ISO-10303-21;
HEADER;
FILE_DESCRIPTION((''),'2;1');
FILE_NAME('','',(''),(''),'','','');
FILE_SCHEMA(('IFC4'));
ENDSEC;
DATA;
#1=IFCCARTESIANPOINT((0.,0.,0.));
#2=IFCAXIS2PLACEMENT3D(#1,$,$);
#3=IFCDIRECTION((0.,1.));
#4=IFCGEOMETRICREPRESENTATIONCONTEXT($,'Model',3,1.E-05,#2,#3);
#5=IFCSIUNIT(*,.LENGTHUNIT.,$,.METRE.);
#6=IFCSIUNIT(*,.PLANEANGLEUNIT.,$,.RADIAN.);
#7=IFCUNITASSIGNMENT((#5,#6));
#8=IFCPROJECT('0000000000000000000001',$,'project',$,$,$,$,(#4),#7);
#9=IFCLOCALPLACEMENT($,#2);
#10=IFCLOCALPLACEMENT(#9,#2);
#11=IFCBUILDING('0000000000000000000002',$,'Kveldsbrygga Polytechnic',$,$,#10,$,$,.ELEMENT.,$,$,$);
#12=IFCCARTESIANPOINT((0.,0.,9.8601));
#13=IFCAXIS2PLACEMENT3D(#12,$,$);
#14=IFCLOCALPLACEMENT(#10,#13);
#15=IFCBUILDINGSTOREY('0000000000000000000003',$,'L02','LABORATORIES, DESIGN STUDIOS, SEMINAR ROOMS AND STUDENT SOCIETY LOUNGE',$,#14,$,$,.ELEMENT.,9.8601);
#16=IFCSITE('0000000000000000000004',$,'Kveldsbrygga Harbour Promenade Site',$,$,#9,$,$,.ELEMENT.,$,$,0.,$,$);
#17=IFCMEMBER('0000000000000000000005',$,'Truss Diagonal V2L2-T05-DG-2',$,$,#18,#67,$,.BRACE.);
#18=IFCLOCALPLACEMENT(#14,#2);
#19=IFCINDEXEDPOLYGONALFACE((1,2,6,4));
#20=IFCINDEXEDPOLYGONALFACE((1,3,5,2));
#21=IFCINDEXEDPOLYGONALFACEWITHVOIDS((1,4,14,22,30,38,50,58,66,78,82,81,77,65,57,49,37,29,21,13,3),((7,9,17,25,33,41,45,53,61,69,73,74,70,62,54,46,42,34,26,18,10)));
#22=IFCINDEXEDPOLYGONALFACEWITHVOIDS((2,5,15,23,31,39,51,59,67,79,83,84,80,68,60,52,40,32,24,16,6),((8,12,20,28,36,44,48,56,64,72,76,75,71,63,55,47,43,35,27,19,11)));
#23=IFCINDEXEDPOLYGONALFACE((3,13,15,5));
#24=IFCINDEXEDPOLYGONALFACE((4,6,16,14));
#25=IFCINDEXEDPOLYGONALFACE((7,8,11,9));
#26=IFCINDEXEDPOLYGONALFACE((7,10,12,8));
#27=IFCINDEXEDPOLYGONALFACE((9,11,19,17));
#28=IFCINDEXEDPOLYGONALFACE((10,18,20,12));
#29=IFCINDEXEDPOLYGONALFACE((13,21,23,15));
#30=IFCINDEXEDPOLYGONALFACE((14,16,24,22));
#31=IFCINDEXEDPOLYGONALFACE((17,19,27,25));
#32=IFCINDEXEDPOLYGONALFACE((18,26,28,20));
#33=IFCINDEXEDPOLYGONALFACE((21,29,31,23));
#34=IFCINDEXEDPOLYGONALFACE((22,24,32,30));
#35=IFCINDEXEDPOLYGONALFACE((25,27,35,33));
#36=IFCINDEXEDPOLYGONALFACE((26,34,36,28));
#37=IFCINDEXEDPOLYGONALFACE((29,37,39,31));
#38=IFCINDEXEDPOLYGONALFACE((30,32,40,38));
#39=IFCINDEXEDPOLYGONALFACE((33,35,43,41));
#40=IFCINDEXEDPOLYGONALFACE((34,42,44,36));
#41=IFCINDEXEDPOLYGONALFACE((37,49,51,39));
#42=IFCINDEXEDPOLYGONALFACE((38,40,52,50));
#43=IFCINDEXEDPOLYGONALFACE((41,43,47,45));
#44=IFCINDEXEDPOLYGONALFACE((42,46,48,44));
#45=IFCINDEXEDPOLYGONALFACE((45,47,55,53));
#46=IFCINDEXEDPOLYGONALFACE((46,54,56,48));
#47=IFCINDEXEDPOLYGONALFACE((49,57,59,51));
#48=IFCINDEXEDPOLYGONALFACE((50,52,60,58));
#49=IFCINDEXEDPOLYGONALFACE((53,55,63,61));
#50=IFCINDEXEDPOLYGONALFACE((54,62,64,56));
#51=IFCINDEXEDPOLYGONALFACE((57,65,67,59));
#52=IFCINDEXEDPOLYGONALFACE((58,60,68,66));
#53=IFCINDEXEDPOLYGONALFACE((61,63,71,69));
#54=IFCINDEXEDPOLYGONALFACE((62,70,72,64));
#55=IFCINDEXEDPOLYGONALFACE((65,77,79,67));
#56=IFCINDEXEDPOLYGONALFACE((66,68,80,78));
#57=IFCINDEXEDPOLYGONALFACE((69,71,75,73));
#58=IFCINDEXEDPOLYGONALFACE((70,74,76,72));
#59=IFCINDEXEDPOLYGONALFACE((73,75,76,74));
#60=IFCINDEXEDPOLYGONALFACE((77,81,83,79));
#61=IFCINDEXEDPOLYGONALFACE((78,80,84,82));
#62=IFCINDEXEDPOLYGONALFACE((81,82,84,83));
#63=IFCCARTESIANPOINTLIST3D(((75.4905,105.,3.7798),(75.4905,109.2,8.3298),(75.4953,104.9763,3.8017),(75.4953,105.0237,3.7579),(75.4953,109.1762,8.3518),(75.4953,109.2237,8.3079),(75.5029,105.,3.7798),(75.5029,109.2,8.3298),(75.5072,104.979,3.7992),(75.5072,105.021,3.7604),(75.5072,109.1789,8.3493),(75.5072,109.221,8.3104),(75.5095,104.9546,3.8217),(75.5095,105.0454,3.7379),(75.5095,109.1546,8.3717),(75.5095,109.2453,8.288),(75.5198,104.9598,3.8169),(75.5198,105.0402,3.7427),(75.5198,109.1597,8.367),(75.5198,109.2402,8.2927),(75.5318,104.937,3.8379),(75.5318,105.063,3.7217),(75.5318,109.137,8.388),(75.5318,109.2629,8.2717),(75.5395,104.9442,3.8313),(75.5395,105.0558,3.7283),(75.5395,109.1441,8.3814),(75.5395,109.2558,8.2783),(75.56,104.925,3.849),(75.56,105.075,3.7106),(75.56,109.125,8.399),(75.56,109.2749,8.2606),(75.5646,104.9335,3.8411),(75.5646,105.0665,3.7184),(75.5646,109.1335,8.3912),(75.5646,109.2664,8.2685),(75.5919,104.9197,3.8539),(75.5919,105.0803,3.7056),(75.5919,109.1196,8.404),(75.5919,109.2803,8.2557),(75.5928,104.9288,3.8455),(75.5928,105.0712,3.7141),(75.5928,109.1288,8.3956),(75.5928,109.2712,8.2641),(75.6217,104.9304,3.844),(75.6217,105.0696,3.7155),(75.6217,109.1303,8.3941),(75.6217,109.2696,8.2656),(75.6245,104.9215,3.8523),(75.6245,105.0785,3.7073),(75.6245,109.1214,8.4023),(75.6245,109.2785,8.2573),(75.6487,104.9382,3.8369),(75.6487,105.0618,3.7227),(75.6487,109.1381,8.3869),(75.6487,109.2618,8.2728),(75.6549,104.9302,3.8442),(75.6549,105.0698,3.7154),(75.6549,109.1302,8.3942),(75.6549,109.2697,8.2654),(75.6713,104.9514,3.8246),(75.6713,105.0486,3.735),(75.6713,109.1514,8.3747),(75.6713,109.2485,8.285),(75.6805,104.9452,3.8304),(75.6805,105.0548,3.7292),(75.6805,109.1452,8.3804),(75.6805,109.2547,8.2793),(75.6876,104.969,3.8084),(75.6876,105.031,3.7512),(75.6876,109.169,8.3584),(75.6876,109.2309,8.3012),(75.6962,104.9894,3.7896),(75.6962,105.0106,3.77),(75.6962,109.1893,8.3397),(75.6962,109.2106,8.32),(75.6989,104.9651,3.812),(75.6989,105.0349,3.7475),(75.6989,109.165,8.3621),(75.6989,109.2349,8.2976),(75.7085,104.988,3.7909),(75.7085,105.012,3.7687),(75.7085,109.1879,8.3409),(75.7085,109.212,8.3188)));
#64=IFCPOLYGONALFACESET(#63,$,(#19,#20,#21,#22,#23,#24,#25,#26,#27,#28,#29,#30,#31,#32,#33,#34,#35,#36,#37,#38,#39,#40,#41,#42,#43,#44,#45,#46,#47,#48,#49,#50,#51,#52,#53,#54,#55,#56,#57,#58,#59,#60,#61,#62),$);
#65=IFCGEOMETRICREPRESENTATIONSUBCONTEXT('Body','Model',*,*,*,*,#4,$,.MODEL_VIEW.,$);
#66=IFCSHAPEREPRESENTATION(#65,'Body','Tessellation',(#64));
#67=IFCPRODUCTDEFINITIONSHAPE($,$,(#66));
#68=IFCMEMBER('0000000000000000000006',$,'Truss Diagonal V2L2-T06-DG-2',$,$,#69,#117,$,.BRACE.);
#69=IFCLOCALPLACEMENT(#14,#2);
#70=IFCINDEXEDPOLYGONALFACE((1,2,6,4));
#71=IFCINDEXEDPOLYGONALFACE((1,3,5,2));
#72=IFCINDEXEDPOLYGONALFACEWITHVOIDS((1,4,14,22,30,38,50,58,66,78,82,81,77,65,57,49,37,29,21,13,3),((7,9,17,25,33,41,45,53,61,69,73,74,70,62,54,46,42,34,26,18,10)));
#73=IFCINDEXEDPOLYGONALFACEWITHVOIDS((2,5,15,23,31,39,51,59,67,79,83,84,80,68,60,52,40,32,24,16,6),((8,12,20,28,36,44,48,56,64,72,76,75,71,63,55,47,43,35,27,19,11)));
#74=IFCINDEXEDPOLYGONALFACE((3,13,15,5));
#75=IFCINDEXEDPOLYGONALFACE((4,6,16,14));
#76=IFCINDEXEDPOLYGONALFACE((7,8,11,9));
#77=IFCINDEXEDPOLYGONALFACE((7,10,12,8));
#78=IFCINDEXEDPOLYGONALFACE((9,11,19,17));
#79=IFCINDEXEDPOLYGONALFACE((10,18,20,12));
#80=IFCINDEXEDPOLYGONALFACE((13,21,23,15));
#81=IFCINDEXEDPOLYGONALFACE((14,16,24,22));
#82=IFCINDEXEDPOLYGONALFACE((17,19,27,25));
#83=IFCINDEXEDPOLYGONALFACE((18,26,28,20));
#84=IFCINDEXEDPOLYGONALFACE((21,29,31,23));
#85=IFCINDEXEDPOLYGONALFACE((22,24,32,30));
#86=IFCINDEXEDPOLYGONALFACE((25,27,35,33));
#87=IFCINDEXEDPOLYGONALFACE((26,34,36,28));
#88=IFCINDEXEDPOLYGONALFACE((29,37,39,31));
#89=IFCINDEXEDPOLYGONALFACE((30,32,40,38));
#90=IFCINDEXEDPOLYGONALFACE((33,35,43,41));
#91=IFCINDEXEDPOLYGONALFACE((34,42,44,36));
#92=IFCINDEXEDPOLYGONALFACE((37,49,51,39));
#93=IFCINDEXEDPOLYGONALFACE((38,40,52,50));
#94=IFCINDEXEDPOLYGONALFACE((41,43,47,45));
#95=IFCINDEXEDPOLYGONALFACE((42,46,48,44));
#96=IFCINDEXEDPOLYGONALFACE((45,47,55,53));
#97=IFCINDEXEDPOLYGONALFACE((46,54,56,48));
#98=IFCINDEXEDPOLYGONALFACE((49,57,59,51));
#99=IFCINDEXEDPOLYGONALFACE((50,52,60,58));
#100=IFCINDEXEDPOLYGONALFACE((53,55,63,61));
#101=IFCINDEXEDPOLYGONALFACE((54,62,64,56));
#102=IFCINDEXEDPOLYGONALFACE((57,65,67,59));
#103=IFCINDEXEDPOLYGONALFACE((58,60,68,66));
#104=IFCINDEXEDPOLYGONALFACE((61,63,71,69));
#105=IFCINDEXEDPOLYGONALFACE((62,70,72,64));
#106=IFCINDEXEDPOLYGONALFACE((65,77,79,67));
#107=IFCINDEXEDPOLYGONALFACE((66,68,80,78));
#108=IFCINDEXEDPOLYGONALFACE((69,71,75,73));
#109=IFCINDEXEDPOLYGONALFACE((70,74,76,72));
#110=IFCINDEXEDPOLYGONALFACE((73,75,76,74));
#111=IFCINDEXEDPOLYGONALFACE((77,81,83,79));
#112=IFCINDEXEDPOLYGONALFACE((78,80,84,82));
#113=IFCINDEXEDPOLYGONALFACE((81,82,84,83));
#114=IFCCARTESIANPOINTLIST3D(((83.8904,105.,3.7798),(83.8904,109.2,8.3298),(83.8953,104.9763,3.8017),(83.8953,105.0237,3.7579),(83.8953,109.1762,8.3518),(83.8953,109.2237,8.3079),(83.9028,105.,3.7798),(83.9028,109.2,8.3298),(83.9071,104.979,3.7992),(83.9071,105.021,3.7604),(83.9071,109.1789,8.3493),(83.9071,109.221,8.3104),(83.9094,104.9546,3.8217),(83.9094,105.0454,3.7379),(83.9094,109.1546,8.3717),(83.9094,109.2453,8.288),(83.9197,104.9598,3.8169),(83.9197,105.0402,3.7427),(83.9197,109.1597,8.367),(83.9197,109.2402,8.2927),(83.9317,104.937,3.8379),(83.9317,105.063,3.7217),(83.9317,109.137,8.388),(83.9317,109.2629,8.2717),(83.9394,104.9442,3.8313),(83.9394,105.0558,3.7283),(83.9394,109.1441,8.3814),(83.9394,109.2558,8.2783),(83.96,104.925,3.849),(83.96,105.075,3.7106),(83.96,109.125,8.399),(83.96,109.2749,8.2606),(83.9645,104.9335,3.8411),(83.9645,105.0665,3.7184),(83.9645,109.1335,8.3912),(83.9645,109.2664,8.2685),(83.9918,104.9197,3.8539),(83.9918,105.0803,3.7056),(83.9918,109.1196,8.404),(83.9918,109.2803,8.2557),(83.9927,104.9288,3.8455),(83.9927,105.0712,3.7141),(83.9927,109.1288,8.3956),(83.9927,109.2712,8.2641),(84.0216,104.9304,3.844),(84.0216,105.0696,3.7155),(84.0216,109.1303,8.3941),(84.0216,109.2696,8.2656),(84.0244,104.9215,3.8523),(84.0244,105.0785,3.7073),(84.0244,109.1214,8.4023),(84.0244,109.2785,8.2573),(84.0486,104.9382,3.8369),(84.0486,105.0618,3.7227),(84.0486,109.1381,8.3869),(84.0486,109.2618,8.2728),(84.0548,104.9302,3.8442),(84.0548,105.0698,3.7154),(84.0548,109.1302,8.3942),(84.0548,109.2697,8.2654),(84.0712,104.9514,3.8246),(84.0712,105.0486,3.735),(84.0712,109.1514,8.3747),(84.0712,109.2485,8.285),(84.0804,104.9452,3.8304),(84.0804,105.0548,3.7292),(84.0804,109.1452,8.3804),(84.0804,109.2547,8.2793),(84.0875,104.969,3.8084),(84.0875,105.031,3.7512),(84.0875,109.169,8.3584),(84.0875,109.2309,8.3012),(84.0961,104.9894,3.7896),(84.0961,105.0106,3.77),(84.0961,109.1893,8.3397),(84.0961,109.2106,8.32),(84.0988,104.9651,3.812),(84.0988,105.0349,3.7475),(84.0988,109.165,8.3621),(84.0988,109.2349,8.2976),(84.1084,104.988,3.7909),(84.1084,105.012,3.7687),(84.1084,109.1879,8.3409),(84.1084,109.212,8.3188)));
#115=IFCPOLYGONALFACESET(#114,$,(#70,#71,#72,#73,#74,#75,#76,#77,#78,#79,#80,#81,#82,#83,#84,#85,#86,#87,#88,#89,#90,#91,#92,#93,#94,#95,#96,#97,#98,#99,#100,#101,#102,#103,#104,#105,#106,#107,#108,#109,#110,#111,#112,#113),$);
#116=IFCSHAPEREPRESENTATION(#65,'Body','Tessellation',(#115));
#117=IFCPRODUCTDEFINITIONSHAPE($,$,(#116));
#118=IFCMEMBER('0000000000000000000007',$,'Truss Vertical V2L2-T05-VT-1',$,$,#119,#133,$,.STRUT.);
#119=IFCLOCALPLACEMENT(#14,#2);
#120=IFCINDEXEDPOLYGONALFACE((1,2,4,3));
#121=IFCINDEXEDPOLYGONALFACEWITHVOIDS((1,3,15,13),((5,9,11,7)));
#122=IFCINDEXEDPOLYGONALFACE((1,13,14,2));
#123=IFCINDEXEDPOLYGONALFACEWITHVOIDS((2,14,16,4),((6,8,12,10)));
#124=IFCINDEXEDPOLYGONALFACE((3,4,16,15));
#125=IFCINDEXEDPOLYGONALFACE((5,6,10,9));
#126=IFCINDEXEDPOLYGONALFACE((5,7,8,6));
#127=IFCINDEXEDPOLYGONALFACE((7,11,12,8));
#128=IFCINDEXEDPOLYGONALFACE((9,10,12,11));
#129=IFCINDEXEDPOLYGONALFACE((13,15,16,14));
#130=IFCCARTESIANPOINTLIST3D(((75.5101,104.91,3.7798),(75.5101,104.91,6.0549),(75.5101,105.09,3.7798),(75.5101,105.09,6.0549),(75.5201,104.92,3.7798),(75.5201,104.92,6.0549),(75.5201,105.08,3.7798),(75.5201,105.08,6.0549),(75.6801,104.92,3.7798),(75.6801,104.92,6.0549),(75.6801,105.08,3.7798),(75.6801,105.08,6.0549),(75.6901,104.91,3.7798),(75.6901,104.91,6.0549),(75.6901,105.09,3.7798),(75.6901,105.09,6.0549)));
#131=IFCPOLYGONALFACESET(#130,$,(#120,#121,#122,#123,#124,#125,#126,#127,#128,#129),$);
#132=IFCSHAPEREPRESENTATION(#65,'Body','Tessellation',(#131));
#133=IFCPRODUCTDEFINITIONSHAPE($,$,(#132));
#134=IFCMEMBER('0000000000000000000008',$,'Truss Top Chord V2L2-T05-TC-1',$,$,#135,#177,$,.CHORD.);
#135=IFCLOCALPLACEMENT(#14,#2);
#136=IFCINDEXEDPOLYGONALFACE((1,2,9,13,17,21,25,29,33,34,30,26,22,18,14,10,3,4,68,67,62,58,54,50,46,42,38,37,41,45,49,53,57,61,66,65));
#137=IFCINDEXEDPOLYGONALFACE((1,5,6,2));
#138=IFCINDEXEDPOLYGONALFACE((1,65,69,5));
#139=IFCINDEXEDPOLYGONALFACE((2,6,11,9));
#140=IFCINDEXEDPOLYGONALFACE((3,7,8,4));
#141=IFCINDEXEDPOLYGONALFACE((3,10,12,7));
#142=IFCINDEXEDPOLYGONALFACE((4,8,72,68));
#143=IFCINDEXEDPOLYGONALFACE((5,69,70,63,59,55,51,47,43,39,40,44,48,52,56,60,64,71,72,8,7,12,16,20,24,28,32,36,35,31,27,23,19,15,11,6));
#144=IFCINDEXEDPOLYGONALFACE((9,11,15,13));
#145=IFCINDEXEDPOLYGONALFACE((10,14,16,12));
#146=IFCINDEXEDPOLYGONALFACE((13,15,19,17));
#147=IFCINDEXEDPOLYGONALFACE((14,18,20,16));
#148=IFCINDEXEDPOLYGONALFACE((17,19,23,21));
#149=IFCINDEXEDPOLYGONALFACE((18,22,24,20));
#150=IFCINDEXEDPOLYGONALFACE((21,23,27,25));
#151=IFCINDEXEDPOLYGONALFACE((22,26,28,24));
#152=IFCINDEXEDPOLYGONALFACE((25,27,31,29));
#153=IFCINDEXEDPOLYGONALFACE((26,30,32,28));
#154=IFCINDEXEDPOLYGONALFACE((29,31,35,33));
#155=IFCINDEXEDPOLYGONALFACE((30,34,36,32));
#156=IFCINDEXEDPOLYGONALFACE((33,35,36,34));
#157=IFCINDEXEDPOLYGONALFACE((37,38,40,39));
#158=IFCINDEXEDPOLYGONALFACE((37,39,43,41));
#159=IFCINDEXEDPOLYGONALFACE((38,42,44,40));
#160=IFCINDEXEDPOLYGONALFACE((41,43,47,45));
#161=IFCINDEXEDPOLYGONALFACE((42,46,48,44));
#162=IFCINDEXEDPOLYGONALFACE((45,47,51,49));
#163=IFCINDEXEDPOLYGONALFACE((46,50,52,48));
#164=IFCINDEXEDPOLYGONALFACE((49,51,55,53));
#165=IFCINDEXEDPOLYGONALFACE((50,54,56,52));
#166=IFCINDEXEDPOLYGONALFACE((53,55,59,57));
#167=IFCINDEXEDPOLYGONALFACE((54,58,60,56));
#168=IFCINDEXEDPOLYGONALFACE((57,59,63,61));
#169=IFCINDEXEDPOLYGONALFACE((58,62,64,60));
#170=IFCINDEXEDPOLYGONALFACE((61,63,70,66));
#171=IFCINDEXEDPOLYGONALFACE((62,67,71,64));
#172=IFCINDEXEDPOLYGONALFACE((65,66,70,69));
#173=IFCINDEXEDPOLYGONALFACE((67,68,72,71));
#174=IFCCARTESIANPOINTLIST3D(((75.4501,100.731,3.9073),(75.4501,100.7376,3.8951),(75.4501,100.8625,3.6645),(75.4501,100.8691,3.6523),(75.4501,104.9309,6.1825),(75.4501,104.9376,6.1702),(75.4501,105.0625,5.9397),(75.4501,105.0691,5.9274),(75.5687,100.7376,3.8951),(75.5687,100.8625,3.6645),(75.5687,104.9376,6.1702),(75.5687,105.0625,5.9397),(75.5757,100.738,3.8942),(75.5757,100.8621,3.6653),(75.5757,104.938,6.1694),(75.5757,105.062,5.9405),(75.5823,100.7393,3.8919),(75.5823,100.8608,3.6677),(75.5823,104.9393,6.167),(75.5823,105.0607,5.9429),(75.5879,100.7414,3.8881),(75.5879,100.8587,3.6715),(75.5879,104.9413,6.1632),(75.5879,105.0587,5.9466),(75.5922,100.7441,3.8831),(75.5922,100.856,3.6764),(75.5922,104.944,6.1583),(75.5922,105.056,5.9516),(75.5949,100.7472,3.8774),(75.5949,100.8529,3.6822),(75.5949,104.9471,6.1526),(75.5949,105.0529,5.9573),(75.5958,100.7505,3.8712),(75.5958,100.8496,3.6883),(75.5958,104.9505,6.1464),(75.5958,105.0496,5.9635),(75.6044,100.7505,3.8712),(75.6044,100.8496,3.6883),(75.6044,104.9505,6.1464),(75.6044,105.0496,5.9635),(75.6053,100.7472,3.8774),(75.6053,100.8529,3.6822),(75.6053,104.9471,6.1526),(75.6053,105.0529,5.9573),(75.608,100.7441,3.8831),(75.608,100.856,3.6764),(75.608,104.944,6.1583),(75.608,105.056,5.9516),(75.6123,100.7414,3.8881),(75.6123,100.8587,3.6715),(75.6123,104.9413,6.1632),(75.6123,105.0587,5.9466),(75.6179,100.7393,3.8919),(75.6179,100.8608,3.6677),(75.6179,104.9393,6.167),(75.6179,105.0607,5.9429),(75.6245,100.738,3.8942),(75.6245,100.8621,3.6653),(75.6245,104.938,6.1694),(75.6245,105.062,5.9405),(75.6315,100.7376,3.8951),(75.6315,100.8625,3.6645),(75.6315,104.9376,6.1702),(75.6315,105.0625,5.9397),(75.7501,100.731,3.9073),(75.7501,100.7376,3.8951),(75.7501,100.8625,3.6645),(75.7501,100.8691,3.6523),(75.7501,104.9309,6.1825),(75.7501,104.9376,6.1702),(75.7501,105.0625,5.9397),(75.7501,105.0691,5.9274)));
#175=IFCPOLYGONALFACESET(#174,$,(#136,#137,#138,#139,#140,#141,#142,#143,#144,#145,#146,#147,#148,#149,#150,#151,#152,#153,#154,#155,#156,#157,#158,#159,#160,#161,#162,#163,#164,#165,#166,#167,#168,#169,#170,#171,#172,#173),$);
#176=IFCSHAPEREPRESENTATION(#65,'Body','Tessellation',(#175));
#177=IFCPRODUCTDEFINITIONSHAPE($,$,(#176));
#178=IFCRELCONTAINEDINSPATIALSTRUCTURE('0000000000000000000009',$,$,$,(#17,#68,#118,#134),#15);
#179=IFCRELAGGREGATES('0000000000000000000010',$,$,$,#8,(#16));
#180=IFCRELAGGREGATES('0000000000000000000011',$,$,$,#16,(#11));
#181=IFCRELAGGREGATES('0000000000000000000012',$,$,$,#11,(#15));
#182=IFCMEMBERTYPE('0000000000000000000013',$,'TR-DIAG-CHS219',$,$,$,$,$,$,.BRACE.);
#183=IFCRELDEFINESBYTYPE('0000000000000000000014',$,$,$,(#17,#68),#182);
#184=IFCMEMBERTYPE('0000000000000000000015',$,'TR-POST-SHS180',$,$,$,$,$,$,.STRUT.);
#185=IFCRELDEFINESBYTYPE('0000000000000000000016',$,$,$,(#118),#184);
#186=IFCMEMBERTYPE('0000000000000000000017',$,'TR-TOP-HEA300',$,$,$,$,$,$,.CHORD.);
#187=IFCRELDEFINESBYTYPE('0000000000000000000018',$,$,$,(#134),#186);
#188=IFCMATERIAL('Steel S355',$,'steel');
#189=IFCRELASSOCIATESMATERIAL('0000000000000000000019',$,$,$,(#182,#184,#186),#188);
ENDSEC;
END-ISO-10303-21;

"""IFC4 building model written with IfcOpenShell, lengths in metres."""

from ifc_helpers import new_model, si_unit, direction, frame, origin, origin_2d, place, context, subcontext, project, spatial, hollow_rectangle, hollow_circle, i_section, extrude, material, material_profile, profile_set, type_object, element, save


model = new_model("IFC4")

# Units and contexts
model_context = context("Model", 3, precision=1e-05, world=origin(), true_north=direction((0.0, 1.0)))
body_context = subcontext(model_context, "Body", "Model", "MODEL_VIEW")
ifc_project = project(units=[si_unit("LENGTHUNIT", "METRE"), si_unit("PLANEANGLEUNIT", "RADIAN")], contexts=[model_context])

# Site, building, storey
site_placement = place(None, origin())
site = spatial("IfcSite", under=ifc_project, at=site_placement, Name="Kveldsbrygga Harbour Promenade Site", CompositionType="ELEMENT", RefElevation=0.0)
building_placement = place(site_placement, origin())
building = spatial("IfcBuilding", under=site, at=building_placement, Name="Kveldsbrygga Polytechnic", CompositionType="ELEMENT")
storey_placement = place(building_placement, frame((0.0, 0.0, 9.8601)))
storey = spatial("IfcBuildingStorey", under=building, at=storey_placement, Name="L02", Description="LABORATORIES, DESIGN STUDIOS, SEMINAR ROOMS AND STUDENT SOCIETY LOUNGE", CompositionType="ELEMENT", Elevation=9.8601)

# Members
ifc_material_1 = material(Name="Steel S355", Category="steel")
ifc_material_profile_1 = material_profile(ifc_material_1, hollow_circle(Radius=0.1096, WallThickness=0.0125, at=origin_2d()), Name="CHS 219.1x12.5")
ifc_profile_set_1 = profile_set([ifc_material_profile_1], Name="Steel S355")
member_type_1 = type_object("IfcMemberType", Name="TR-DIAG-CHS219", PredefinedType="BRACE", material=ifc_profile_set_1)
for number, where, z_axis, x_axis, name in (
    (1, (75.6001, 105.0, 3.7798), (0.0, 0.678272, 0.734811), (-1.0, 0.0, 0.0), "Truss Diagonal V2L2-T05-DG-2"),
    (2, (84.0, 105.0, 3.7798), (0.0, 0.678272, 0.734811), (-1.0, 0.0, 0.0), "Truss Diagonal V2L2-T06-DG-2"),
):
    element("IfcMember", number, at=place(storey_placement, frame(where, z_axis=z_axis, x_axis=x_axis)), inside=storey, type_object=member_type_1, Name=name, PredefinedType="BRACE", context=body_context, shape_type="SweptSolid", body=[
        extrude(hollow_circle(Radius=0.1096, WallThickness=0.0125, at=origin_2d()), origin(), (0.0, 0.0, 1.0), 6.1921),
    ])
ifc_material_profile_2 = material_profile(ifc_material_1, hollow_rectangle(XDim=0.1799, YDim=0.1799, WallThickness=0.01, at=origin_2d()), Name="SHS 180x180x10.0")
ifc_profile_set_2 = profile_set([ifc_material_profile_2], Name="Steel S355")
member_type_2 = type_object("IfcMemberType", Name="TR-POST-SHS180", PredefinedType="STRUT", material=ifc_profile_set_2)
member_1_placement = place(storey_placement, frame((75.6001, 105.0, 3.7798), z_axis=(0.0, 0.0, 1.0), x_axis=(1.0, 0.0, 0.0)))
element("IfcMember", 3, at=member_1_placement, inside=storey, type_object=member_type_2, Name="Truss Vertical V2L2-T05-VT-1", PredefinedType="STRUT", context=body_context, shape_type="SweptSolid", body=[
    extrude(hollow_rectangle(XDim=0.1799, YDim=0.1799, WallThickness=0.01, at=origin_2d()), origin(), (0.0, 0.0, 1.0), 2.2751),
])
ifc_material_profile_3 = material_profile(ifc_material_1, i_section(OverallWidth=0.3, OverallDepth=0.29, WebThickness=0.0085, FlangeThickness=0.0139, FilletRadius=0.0271, at=origin_2d()), Name="HEA 300")
ifc_profile_set_3 = profile_set([ifc_material_profile_3], Name="Steel S355")
member_type_3 = type_object("IfcMemberType", Name="TR-TOP-HEA300", PredefinedType="CHORD", material=ifc_profile_set_3)
member_2_placement = place(storey_placement, frame((75.6001, 100.8, 3.7798), z_axis=(0.0, 0.879277, 0.476311), x_axis=(-1.0, 0.0, 0.0)))
element("IfcMember", 4, at=member_2_placement, inside=storey, type_object=member_type_3, Name="Truss Top Chord V2L2-T05-TC-1", PredefinedType="CHORD", context=body_context, shape_type="SweptSolid", body=[
    extrude(i_section(OverallWidth=0.3, OverallDepth=0.29, WebThickness=0.0085, FlangeThickness=0.0139, FilletRadius=0.0271, at=origin_2d()), origin(), (0.0, 0.0, 1.0), 4.7766),
])

save(model, "model.ifc")
